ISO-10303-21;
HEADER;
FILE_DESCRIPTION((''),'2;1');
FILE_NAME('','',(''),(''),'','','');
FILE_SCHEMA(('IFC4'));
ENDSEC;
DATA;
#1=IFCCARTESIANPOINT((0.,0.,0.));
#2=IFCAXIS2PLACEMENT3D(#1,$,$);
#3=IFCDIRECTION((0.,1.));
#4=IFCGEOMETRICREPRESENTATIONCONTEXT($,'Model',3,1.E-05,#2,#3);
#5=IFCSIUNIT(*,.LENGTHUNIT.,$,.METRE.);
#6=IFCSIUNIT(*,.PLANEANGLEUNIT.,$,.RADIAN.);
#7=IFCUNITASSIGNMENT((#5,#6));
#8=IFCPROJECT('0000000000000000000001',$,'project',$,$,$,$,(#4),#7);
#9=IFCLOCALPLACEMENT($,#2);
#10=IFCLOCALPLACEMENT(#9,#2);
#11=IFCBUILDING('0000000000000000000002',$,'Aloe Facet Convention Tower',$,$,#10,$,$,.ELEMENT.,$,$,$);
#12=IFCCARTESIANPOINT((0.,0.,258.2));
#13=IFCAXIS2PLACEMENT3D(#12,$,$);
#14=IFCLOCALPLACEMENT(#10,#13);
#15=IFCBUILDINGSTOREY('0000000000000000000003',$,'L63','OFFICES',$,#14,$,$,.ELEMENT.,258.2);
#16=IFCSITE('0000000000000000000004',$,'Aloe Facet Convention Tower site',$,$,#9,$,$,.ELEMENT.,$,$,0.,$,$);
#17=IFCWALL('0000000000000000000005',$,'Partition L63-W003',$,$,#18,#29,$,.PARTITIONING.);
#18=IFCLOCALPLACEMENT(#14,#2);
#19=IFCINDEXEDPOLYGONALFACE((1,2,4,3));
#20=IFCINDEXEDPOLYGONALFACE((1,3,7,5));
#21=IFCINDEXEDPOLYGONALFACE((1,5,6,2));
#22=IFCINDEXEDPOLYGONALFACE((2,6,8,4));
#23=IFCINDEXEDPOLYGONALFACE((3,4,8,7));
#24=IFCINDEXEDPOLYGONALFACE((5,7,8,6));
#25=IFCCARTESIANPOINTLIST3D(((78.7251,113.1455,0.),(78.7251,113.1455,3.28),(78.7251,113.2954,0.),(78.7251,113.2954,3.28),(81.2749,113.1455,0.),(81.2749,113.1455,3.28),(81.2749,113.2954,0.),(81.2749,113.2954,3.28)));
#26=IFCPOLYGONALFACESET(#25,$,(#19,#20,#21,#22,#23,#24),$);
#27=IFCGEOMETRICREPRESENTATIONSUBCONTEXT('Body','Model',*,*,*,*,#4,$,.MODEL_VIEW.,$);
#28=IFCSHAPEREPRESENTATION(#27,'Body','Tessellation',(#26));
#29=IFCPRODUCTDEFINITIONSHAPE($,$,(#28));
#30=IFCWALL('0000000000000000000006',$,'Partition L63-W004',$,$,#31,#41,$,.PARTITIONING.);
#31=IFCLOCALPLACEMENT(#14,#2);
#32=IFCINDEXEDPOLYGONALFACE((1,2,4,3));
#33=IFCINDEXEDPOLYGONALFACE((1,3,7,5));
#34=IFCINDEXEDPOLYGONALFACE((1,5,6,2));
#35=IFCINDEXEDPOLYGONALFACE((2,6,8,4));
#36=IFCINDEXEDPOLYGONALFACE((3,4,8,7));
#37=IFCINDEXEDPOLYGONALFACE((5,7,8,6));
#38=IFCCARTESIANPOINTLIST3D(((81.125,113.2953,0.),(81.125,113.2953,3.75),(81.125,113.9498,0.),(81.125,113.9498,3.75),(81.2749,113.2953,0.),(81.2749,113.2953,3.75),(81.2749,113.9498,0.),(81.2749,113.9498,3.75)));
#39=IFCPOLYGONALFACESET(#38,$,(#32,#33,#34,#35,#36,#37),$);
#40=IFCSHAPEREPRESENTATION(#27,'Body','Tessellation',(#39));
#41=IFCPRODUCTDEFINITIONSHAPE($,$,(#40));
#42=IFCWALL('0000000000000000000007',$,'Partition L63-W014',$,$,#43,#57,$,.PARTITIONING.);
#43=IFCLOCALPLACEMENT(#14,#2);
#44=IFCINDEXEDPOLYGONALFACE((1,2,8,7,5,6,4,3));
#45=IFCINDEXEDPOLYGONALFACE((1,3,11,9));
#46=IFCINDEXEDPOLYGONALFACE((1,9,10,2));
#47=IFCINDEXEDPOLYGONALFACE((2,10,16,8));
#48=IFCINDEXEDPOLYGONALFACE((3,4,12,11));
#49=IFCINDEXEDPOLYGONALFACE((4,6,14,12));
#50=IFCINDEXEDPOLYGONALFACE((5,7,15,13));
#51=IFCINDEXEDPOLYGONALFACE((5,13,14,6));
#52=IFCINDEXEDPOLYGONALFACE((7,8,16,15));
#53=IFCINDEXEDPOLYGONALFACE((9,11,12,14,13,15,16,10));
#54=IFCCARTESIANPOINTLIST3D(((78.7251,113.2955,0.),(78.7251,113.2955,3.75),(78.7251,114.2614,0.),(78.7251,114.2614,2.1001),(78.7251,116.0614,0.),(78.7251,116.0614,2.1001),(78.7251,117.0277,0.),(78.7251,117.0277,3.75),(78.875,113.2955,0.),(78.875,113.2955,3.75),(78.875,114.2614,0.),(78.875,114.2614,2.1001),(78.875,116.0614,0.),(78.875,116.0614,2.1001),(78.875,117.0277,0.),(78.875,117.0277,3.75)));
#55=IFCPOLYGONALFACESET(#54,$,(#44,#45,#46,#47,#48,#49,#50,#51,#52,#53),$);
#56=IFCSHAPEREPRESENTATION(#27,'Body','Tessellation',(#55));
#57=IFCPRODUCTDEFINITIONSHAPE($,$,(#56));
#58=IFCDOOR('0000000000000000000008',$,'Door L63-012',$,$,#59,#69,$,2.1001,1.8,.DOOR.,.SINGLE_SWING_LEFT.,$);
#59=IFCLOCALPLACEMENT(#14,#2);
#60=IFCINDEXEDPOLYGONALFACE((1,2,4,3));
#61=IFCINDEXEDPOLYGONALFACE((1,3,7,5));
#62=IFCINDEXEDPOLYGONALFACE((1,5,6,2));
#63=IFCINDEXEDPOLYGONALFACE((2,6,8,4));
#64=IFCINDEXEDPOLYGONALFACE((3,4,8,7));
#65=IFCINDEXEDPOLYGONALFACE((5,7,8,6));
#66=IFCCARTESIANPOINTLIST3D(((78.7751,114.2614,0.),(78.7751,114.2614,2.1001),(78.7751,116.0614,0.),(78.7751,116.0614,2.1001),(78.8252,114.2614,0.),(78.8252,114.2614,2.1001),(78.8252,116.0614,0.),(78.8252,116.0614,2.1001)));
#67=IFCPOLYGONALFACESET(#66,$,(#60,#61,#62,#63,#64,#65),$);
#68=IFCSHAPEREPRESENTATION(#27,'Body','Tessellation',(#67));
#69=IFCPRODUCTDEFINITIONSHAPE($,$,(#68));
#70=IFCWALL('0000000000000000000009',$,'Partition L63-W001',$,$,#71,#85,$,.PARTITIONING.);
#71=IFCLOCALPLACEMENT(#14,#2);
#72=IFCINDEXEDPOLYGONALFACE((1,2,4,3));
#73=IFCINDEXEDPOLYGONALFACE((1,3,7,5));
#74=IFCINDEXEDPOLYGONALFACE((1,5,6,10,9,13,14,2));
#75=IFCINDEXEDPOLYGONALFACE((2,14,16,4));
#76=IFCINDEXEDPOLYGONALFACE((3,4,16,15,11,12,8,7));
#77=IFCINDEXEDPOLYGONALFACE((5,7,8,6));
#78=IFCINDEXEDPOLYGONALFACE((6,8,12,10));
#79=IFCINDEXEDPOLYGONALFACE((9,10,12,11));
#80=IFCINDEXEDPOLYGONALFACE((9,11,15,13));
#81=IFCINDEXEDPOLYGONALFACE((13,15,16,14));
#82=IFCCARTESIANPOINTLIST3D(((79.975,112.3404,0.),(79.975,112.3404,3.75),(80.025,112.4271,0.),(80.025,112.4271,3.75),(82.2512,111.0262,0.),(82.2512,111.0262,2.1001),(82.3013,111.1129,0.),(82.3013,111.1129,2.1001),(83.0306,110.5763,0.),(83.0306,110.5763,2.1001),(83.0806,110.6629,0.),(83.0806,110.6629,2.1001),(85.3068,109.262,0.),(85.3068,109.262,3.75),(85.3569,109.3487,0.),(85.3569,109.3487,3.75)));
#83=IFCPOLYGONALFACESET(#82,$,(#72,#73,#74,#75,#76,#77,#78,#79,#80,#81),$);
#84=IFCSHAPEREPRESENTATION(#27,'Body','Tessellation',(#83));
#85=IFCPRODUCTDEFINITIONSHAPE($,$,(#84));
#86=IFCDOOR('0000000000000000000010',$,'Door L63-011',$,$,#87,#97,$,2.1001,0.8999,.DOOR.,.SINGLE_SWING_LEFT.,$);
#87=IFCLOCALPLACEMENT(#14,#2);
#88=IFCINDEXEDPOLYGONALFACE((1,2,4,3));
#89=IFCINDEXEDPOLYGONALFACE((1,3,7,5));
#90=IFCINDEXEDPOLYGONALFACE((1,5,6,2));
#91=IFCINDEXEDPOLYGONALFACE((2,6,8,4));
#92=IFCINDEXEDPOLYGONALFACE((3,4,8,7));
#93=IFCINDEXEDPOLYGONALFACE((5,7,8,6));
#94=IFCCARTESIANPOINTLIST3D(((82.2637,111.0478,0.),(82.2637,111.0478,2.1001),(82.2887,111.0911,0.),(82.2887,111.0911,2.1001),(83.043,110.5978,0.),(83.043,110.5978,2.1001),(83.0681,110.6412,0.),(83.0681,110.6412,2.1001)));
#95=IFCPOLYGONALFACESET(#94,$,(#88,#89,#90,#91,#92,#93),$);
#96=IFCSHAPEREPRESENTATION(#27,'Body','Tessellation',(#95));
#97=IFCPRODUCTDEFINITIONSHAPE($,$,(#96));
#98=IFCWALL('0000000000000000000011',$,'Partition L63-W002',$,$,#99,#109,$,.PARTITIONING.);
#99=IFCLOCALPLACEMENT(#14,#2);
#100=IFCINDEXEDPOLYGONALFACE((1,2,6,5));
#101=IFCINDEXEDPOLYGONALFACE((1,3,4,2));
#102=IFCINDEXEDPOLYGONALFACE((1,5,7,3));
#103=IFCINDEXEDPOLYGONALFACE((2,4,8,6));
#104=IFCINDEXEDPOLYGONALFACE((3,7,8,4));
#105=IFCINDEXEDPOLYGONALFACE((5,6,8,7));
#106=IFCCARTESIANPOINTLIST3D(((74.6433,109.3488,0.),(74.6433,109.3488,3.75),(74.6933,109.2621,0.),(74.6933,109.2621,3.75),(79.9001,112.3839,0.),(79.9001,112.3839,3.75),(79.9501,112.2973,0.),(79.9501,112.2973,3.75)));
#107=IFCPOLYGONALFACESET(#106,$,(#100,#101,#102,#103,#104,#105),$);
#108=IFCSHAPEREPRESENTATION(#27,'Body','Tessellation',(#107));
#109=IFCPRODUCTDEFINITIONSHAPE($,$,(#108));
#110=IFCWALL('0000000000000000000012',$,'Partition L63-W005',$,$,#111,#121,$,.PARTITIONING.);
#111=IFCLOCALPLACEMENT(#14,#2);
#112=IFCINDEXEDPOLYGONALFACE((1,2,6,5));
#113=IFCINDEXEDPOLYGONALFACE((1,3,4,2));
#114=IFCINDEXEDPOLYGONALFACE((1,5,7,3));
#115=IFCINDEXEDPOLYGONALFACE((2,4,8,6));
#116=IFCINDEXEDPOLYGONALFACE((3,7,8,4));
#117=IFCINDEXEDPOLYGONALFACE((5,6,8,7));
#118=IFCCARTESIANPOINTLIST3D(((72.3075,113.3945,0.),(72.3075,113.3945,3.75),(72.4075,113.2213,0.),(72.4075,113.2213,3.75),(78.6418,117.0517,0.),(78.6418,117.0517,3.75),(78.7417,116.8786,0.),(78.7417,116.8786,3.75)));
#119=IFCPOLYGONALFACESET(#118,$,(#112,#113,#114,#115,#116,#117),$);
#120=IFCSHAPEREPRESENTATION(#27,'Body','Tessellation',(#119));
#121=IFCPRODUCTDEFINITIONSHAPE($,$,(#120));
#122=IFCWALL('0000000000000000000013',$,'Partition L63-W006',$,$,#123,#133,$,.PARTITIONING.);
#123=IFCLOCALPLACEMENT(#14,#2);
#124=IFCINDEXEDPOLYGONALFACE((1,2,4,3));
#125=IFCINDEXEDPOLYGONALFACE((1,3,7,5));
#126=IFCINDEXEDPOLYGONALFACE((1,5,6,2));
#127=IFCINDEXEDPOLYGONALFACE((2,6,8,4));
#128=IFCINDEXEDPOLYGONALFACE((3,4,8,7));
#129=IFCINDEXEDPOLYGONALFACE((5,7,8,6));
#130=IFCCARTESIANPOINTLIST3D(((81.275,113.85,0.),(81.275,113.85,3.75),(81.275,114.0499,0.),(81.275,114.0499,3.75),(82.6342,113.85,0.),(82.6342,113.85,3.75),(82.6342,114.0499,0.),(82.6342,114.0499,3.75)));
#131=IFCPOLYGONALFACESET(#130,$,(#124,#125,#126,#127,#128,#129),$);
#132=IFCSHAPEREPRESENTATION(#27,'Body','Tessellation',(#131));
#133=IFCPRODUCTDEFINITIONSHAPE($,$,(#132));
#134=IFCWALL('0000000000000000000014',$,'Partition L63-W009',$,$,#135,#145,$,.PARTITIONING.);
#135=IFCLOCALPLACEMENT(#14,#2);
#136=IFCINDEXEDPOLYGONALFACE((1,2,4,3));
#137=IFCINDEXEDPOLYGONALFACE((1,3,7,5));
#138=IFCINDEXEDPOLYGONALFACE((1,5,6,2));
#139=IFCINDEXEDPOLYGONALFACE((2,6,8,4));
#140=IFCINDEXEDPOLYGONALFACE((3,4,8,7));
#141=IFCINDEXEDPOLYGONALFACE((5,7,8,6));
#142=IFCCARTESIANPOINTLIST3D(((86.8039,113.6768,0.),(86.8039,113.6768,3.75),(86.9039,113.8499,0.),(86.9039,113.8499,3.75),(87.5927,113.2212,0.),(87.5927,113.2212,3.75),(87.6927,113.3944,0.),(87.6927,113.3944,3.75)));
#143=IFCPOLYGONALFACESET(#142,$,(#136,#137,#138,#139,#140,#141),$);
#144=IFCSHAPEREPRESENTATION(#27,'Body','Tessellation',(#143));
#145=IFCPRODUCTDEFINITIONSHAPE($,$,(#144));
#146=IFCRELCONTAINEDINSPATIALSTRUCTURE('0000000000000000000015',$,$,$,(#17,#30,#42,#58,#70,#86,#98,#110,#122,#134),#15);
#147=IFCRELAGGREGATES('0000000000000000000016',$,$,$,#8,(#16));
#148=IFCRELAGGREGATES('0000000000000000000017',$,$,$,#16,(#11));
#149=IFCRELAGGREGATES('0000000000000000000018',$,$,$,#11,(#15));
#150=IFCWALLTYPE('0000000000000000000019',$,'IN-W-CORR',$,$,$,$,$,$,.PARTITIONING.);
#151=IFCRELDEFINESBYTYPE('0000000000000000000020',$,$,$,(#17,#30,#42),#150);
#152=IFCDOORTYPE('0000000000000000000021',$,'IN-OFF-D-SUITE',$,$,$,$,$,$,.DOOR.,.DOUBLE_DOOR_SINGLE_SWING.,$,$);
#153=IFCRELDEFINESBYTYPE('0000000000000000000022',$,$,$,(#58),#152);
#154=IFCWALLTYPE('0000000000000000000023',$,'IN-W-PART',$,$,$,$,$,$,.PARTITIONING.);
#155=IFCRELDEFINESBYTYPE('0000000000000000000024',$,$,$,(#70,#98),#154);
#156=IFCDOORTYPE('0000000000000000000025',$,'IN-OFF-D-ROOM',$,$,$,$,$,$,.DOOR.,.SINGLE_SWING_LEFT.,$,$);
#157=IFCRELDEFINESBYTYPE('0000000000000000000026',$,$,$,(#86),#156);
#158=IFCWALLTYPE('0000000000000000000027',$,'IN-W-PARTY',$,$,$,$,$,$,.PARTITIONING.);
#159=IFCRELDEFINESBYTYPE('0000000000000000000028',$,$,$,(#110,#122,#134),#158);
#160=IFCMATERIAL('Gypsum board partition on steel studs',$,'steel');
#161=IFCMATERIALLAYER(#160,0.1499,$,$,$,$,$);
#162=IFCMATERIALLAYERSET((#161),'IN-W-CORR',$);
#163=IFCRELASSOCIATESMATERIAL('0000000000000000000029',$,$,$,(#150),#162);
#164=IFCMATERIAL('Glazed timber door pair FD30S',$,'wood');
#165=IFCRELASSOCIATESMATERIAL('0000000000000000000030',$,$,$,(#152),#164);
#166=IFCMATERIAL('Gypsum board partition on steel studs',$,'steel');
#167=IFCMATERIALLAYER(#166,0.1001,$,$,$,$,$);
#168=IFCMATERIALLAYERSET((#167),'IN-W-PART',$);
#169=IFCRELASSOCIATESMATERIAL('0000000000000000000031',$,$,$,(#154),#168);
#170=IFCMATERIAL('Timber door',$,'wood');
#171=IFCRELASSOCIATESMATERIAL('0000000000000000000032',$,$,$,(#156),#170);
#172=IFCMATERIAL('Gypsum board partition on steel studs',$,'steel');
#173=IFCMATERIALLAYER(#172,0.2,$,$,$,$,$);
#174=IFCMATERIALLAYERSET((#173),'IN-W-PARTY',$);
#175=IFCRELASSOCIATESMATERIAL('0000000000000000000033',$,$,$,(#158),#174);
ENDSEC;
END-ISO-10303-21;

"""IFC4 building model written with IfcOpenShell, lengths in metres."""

from ifc_helpers import new_model, si_unit, direction, frame, frame_2d, origin, place, context, subcontext, project, spatial, rectangle, extrude, material, layer, layer_set, type_object, element, fill, save


model = new_model("IFC4")

# Units and contexts
model_context = context("Model", 3, precision=1e-05, world=origin(), true_north=direction((0.0, 1.0)))
body_context = subcontext(model_context, "Body", "Model", "MODEL_VIEW")
ifc_project = project(units=[si_unit("LENGTHUNIT", "METRE"), si_unit("PLANEANGLEUNIT", "RADIAN")], contexts=[model_context])

# Site, building, storey
site_placement = place(None, origin())
site = spatial("IfcSite", under=ifc_project, at=site_placement, Name="Aloe Facet Convention Tower site", CompositionType="ELEMENT", RefElevation=0.0)
building_placement = place(site_placement, origin())
building = spatial("IfcBuilding", under=site, at=building_placement, Name="Aloe Facet Convention Tower", CompositionType="ELEMENT")
storey_placement = place(building_placement, frame((0.0, 0.0, 258.2)))
storey = spatial("IfcBuildingStorey", under=building, at=storey_placement, Name="L63", Description="OFFICES", CompositionType="ELEMENT", Elevation=258.2)

# Walls
ifc_material_1 = material(Name="Gypsum board partition on steel studs", Category="steel")
ifc_layer_1 = layer(ifc_material_1, 0.1499)
ifc_layer_set_1 = layer_set([ifc_layer_1], Name="IN-W-CORR")
wall_type_1 = type_object("IfcWallType", Name="IN-W-CORR", PredefinedType="PARTITIONING", material=ifc_layer_set_1)
wall_1_placement = place(storey_placement, frame((78.7251, 113.2205, 0.0), z_axis=(0.0, 0.0, 1.0), x_axis=(1.0, 0.0, 0.0)))
element("IfcWall", 1, at=wall_1_placement, inside=storey, type_object=wall_type_1, Name="Partition L63-W003", PredefinedType="PARTITIONING", context=body_context, shape_type="SweptSolid", body=[
    extrude(rectangle(XDim=2.5498, YDim=0.1499, at=frame_2d((1.2749, 0.0))), origin(), (0.0, 0.0, 1.0), 3.28),
])
wall_2_placement = place(storey_placement, frame((81.2, 113.2954, 0.0), z_axis=(0.0, 0.0, 1.0), x_axis=(0.0, 1.0, 0.0)))
element("IfcWall", 2, at=wall_2_placement, inside=storey, type_object=wall_type_1, Name="Partition L63-W004", PredefinedType="PARTITIONING", context=body_context, shape_type="SweptSolid", body=[
    extrude(rectangle(XDim=0.6545, YDim=0.1499, at=frame_2d((0.3271, 0.0))), origin(), (0.0, 0.0, 1.0), 3.75),
])

# Walls, openings, doors
wall_3_placement = place(storey_placement, frame((78.8, 113.2954, 0.0), z_axis=(0.0, 0.0, 1.0), x_axis=(0.0, 1.0, 0.0)))
wall_3 = element("IfcWall", 3, at=wall_3_placement, inside=storey, type_object=wall_type_1, Name="Partition L63-W014", PredefinedType="PARTITIONING", context=body_context, shape_type="SweptSolid", body=[
    extrude(rectangle(XDim=3.7322, YDim=0.1499, at=frame_2d((1.8662, 0.0))), origin(), (0.0, 0.0, 1.0), 3.75),
])
opening_1_placement = place(wall_3_placement, frame((0.9661, 0.0, 0.0)))
opening_1 = element("IfcOpeningElement", 4, at=opening_1_placement, cuts=wall_3, PredefinedType="OPENING", context=body_context, shape_type="SweptSolid", body=[
    extrude(rectangle(XDim=1.8, YDim=2.1001, at=frame_2d((0.8999, 1.05))), frame((0.0, 0.085, 0.0), z_axis=(0.0, -1.0, 0.0), x_axis=(1.0, 0.0, 0.0)), (0.0, 0.0, 1.0), 0.1699),
])
ifc_material_2 = material(Name="Glazed timber door pair FD30S", Category="wood")
door_type_1 = type_object("IfcDoorType", Name="IN-OFF-D-SUITE", OperationType="DOUBLE_DOOR_SINGLE_SWING", PredefinedType="DOOR", material=ifc_material_2)
door_1_placement = place(opening_1_placement, origin())
door_1 = element("IfcDoor", 5, at=door_1_placement, inside=storey, type_object=door_type_1, Name="Door L63-012", OperationType="SINGLE_SWING_LEFT", OverallHeight=2.1001, OverallWidth=1.8, PredefinedType="DOOR", context=body_context, shape_type="SweptSolid", body=[
    extrude(rectangle(XDim=1.8, YDim=2.1001, at=frame_2d((0.8999, 1.05))), frame((0.0, 0.0249, 0.0), z_axis=(0.0, -1.0, 0.0), x_axis=(1.0, 0.0, 0.0)), (0.0, 0.0, 1.0), 0.05),
])
fill(opening_1, door_1)
ifc_material_3 = material(Name="Gypsum board partition on steel studs", Category="steel")
ifc_layer_2 = layer(ifc_material_3, 0.1001)
ifc_layer_set_2 = layer_set([ifc_layer_2], Name="IN-W-PART")
wall_type_2 = type_object("IfcWallType", Name="IN-W-PART", PredefinedType="PARTITIONING", material=ifc_layer_set_2)
wall_4_placement = place(storey_placement, frame((80.0, 112.3838, 0.0), z_axis=(0.0, 0.0, 1.0), x_axis=(0.866021, -0.500007, 0.0)))
wall_4 = element("IfcWall", 6, at=wall_4_placement, inside=storey, type_object=wall_type_2, Name="Partition L63-W001", PredefinedType="PARTITIONING", context=body_context, shape_type="SweptSolid", body=[
    extrude(rectangle(XDim=6.1567, YDim=0.1001, at=frame_2d((3.0784, 0.0))), origin(), (0.0, 0.0, 1.0), 3.75),
])
opening_2_placement = place(wall_4_placement, frame((2.6284, 0.0, 0.0)))
opening_2 = element("IfcOpeningElement", 7, at=opening_2_placement, cuts=wall_4, PredefinedType="OPENING", context=body_context, shape_type="SweptSolid", body=[
    extrude(rectangle(XDim=0.8999, YDim=2.1001, at=frame_2d((0.45, 1.05))), frame((0.0, 0.0601, 0.0), z_axis=(0.0, -1.0, 0.0), x_axis=(1.0, 0.0, 0.0)), (0.0, 0.0, 1.0), 0.1201),
])
ifc_material_4 = material(Name="Timber door", Category="wood")
door_type_2 = type_object("IfcDoorType", Name="IN-OFF-D-ROOM", OperationType="SINGLE_SWING_LEFT", PredefinedType="DOOR", material=ifc_material_4)
door_2_placement = place(opening_2_placement, origin())
door_2 = element("IfcDoor", 8, at=door_2_placement, inside=storey, type_object=door_type_2, Name="Door L63-011", OperationType="SINGLE_SWING_LEFT", OverallHeight=2.1001, OverallWidth=0.8999, PredefinedType="DOOR", context=body_context, shape_type="SweptSolid", body=[
    extrude(rectangle(XDim=0.8999, YDim=2.1001, at=frame_2d((0.45, 1.05))), frame((0.0, 0.0249, 0.0), z_axis=(0.0, -1.0, 0.0), x_axis=(1.0, 0.0, 0.0)), (0.0, 0.0, 1.0), 0.05),
])
fill(opening_2, door_2)

# Walls
wall_5_placement = place(storey_placement, frame((74.6682, 109.3054, 0.0), z_axis=(0.0, 0.0, 1.0), x_axis=(0.866017, 0.500015, 0.0)))
element("IfcWall", 9, at=wall_5_placement, inside=storey, type_object=wall_type_2, Name="Partition L63-W002", PredefinedType="PARTITIONING", context=body_context, shape_type="SweptSolid", body=[
    extrude(rectangle(XDim=6.0701, YDim=0.1001, at=frame_2d((3.0352, 0.0))), origin(), (0.0, 0.0, 1.0), 3.75),
])
ifc_material_5 = material(Name="Gypsum board partition on steel studs", Category="steel")
ifc_layer_3 = layer(ifc_material_5, 0.2)
ifc_layer_set_3 = layer_set([ifc_layer_3], Name="IN-W-PARTY")
wall_type_3 = type_object("IfcWallType", Name="IN-W-PARTY", PredefinedType="PARTITIONING", material=ifc_layer_set_3)
wall_6_placement = place(storey_placement, frame((72.3574, 113.3079, 0.0), z_axis=(0.0, 0.0, 1.0), x_axis=(0.866016, 0.500016, 0.0)))
element("IfcWall", 10, at=wall_6_placement, inside=storey, type_object=wall_type_3, Name="Partition L63-W005", PredefinedType="PARTITIONING", context=body_context, shape_type="SweptSolid", body=[
    extrude(rectangle(XDim=7.3142, YDim=0.2, at=frame_2d((3.6572, 0.0))), origin(), (0.0, 0.0, 1.0), 3.75),
])
wall_7_placement = place(storey_placement, frame((81.2749, 113.95, 0.0), z_axis=(0.0, 0.0, 1.0), x_axis=(1.0, 0.0, 0.0)))
element("IfcWall", 11, at=wall_7_placement, inside=storey, type_object=wall_type_3, Name="Partition L63-W006", PredefinedType="PARTITIONING", context=body_context, shape_type="SweptSolid", body=[
    extrude(rectangle(XDim=1.3591, YDim=0.2, at=frame_2d((0.6797, 0.0))), origin(), (0.0, 0.0, 1.0), 3.75),
])
wall_8_placement = place(storey_placement, frame((86.8538, 113.7634, 0.0), z_axis=(0.0, 0.0, 1.0), x_axis=(0.865958, -0.500117, 0.0)))
element("IfcWall", 12, at=wall_8_placement, inside=storey, type_object=wall_type_3, Name="Partition L63-W009", PredefinedType="PARTITIONING", context=body_context, shape_type="SweptSolid", body=[
    extrude(rectangle(XDim=0.9109, YDim=0.2, at=frame_2d((0.4556, 0.0))), origin(), (0.0, 0.0, 1.0), 3.75),
])

save(model, "model.ifc")
